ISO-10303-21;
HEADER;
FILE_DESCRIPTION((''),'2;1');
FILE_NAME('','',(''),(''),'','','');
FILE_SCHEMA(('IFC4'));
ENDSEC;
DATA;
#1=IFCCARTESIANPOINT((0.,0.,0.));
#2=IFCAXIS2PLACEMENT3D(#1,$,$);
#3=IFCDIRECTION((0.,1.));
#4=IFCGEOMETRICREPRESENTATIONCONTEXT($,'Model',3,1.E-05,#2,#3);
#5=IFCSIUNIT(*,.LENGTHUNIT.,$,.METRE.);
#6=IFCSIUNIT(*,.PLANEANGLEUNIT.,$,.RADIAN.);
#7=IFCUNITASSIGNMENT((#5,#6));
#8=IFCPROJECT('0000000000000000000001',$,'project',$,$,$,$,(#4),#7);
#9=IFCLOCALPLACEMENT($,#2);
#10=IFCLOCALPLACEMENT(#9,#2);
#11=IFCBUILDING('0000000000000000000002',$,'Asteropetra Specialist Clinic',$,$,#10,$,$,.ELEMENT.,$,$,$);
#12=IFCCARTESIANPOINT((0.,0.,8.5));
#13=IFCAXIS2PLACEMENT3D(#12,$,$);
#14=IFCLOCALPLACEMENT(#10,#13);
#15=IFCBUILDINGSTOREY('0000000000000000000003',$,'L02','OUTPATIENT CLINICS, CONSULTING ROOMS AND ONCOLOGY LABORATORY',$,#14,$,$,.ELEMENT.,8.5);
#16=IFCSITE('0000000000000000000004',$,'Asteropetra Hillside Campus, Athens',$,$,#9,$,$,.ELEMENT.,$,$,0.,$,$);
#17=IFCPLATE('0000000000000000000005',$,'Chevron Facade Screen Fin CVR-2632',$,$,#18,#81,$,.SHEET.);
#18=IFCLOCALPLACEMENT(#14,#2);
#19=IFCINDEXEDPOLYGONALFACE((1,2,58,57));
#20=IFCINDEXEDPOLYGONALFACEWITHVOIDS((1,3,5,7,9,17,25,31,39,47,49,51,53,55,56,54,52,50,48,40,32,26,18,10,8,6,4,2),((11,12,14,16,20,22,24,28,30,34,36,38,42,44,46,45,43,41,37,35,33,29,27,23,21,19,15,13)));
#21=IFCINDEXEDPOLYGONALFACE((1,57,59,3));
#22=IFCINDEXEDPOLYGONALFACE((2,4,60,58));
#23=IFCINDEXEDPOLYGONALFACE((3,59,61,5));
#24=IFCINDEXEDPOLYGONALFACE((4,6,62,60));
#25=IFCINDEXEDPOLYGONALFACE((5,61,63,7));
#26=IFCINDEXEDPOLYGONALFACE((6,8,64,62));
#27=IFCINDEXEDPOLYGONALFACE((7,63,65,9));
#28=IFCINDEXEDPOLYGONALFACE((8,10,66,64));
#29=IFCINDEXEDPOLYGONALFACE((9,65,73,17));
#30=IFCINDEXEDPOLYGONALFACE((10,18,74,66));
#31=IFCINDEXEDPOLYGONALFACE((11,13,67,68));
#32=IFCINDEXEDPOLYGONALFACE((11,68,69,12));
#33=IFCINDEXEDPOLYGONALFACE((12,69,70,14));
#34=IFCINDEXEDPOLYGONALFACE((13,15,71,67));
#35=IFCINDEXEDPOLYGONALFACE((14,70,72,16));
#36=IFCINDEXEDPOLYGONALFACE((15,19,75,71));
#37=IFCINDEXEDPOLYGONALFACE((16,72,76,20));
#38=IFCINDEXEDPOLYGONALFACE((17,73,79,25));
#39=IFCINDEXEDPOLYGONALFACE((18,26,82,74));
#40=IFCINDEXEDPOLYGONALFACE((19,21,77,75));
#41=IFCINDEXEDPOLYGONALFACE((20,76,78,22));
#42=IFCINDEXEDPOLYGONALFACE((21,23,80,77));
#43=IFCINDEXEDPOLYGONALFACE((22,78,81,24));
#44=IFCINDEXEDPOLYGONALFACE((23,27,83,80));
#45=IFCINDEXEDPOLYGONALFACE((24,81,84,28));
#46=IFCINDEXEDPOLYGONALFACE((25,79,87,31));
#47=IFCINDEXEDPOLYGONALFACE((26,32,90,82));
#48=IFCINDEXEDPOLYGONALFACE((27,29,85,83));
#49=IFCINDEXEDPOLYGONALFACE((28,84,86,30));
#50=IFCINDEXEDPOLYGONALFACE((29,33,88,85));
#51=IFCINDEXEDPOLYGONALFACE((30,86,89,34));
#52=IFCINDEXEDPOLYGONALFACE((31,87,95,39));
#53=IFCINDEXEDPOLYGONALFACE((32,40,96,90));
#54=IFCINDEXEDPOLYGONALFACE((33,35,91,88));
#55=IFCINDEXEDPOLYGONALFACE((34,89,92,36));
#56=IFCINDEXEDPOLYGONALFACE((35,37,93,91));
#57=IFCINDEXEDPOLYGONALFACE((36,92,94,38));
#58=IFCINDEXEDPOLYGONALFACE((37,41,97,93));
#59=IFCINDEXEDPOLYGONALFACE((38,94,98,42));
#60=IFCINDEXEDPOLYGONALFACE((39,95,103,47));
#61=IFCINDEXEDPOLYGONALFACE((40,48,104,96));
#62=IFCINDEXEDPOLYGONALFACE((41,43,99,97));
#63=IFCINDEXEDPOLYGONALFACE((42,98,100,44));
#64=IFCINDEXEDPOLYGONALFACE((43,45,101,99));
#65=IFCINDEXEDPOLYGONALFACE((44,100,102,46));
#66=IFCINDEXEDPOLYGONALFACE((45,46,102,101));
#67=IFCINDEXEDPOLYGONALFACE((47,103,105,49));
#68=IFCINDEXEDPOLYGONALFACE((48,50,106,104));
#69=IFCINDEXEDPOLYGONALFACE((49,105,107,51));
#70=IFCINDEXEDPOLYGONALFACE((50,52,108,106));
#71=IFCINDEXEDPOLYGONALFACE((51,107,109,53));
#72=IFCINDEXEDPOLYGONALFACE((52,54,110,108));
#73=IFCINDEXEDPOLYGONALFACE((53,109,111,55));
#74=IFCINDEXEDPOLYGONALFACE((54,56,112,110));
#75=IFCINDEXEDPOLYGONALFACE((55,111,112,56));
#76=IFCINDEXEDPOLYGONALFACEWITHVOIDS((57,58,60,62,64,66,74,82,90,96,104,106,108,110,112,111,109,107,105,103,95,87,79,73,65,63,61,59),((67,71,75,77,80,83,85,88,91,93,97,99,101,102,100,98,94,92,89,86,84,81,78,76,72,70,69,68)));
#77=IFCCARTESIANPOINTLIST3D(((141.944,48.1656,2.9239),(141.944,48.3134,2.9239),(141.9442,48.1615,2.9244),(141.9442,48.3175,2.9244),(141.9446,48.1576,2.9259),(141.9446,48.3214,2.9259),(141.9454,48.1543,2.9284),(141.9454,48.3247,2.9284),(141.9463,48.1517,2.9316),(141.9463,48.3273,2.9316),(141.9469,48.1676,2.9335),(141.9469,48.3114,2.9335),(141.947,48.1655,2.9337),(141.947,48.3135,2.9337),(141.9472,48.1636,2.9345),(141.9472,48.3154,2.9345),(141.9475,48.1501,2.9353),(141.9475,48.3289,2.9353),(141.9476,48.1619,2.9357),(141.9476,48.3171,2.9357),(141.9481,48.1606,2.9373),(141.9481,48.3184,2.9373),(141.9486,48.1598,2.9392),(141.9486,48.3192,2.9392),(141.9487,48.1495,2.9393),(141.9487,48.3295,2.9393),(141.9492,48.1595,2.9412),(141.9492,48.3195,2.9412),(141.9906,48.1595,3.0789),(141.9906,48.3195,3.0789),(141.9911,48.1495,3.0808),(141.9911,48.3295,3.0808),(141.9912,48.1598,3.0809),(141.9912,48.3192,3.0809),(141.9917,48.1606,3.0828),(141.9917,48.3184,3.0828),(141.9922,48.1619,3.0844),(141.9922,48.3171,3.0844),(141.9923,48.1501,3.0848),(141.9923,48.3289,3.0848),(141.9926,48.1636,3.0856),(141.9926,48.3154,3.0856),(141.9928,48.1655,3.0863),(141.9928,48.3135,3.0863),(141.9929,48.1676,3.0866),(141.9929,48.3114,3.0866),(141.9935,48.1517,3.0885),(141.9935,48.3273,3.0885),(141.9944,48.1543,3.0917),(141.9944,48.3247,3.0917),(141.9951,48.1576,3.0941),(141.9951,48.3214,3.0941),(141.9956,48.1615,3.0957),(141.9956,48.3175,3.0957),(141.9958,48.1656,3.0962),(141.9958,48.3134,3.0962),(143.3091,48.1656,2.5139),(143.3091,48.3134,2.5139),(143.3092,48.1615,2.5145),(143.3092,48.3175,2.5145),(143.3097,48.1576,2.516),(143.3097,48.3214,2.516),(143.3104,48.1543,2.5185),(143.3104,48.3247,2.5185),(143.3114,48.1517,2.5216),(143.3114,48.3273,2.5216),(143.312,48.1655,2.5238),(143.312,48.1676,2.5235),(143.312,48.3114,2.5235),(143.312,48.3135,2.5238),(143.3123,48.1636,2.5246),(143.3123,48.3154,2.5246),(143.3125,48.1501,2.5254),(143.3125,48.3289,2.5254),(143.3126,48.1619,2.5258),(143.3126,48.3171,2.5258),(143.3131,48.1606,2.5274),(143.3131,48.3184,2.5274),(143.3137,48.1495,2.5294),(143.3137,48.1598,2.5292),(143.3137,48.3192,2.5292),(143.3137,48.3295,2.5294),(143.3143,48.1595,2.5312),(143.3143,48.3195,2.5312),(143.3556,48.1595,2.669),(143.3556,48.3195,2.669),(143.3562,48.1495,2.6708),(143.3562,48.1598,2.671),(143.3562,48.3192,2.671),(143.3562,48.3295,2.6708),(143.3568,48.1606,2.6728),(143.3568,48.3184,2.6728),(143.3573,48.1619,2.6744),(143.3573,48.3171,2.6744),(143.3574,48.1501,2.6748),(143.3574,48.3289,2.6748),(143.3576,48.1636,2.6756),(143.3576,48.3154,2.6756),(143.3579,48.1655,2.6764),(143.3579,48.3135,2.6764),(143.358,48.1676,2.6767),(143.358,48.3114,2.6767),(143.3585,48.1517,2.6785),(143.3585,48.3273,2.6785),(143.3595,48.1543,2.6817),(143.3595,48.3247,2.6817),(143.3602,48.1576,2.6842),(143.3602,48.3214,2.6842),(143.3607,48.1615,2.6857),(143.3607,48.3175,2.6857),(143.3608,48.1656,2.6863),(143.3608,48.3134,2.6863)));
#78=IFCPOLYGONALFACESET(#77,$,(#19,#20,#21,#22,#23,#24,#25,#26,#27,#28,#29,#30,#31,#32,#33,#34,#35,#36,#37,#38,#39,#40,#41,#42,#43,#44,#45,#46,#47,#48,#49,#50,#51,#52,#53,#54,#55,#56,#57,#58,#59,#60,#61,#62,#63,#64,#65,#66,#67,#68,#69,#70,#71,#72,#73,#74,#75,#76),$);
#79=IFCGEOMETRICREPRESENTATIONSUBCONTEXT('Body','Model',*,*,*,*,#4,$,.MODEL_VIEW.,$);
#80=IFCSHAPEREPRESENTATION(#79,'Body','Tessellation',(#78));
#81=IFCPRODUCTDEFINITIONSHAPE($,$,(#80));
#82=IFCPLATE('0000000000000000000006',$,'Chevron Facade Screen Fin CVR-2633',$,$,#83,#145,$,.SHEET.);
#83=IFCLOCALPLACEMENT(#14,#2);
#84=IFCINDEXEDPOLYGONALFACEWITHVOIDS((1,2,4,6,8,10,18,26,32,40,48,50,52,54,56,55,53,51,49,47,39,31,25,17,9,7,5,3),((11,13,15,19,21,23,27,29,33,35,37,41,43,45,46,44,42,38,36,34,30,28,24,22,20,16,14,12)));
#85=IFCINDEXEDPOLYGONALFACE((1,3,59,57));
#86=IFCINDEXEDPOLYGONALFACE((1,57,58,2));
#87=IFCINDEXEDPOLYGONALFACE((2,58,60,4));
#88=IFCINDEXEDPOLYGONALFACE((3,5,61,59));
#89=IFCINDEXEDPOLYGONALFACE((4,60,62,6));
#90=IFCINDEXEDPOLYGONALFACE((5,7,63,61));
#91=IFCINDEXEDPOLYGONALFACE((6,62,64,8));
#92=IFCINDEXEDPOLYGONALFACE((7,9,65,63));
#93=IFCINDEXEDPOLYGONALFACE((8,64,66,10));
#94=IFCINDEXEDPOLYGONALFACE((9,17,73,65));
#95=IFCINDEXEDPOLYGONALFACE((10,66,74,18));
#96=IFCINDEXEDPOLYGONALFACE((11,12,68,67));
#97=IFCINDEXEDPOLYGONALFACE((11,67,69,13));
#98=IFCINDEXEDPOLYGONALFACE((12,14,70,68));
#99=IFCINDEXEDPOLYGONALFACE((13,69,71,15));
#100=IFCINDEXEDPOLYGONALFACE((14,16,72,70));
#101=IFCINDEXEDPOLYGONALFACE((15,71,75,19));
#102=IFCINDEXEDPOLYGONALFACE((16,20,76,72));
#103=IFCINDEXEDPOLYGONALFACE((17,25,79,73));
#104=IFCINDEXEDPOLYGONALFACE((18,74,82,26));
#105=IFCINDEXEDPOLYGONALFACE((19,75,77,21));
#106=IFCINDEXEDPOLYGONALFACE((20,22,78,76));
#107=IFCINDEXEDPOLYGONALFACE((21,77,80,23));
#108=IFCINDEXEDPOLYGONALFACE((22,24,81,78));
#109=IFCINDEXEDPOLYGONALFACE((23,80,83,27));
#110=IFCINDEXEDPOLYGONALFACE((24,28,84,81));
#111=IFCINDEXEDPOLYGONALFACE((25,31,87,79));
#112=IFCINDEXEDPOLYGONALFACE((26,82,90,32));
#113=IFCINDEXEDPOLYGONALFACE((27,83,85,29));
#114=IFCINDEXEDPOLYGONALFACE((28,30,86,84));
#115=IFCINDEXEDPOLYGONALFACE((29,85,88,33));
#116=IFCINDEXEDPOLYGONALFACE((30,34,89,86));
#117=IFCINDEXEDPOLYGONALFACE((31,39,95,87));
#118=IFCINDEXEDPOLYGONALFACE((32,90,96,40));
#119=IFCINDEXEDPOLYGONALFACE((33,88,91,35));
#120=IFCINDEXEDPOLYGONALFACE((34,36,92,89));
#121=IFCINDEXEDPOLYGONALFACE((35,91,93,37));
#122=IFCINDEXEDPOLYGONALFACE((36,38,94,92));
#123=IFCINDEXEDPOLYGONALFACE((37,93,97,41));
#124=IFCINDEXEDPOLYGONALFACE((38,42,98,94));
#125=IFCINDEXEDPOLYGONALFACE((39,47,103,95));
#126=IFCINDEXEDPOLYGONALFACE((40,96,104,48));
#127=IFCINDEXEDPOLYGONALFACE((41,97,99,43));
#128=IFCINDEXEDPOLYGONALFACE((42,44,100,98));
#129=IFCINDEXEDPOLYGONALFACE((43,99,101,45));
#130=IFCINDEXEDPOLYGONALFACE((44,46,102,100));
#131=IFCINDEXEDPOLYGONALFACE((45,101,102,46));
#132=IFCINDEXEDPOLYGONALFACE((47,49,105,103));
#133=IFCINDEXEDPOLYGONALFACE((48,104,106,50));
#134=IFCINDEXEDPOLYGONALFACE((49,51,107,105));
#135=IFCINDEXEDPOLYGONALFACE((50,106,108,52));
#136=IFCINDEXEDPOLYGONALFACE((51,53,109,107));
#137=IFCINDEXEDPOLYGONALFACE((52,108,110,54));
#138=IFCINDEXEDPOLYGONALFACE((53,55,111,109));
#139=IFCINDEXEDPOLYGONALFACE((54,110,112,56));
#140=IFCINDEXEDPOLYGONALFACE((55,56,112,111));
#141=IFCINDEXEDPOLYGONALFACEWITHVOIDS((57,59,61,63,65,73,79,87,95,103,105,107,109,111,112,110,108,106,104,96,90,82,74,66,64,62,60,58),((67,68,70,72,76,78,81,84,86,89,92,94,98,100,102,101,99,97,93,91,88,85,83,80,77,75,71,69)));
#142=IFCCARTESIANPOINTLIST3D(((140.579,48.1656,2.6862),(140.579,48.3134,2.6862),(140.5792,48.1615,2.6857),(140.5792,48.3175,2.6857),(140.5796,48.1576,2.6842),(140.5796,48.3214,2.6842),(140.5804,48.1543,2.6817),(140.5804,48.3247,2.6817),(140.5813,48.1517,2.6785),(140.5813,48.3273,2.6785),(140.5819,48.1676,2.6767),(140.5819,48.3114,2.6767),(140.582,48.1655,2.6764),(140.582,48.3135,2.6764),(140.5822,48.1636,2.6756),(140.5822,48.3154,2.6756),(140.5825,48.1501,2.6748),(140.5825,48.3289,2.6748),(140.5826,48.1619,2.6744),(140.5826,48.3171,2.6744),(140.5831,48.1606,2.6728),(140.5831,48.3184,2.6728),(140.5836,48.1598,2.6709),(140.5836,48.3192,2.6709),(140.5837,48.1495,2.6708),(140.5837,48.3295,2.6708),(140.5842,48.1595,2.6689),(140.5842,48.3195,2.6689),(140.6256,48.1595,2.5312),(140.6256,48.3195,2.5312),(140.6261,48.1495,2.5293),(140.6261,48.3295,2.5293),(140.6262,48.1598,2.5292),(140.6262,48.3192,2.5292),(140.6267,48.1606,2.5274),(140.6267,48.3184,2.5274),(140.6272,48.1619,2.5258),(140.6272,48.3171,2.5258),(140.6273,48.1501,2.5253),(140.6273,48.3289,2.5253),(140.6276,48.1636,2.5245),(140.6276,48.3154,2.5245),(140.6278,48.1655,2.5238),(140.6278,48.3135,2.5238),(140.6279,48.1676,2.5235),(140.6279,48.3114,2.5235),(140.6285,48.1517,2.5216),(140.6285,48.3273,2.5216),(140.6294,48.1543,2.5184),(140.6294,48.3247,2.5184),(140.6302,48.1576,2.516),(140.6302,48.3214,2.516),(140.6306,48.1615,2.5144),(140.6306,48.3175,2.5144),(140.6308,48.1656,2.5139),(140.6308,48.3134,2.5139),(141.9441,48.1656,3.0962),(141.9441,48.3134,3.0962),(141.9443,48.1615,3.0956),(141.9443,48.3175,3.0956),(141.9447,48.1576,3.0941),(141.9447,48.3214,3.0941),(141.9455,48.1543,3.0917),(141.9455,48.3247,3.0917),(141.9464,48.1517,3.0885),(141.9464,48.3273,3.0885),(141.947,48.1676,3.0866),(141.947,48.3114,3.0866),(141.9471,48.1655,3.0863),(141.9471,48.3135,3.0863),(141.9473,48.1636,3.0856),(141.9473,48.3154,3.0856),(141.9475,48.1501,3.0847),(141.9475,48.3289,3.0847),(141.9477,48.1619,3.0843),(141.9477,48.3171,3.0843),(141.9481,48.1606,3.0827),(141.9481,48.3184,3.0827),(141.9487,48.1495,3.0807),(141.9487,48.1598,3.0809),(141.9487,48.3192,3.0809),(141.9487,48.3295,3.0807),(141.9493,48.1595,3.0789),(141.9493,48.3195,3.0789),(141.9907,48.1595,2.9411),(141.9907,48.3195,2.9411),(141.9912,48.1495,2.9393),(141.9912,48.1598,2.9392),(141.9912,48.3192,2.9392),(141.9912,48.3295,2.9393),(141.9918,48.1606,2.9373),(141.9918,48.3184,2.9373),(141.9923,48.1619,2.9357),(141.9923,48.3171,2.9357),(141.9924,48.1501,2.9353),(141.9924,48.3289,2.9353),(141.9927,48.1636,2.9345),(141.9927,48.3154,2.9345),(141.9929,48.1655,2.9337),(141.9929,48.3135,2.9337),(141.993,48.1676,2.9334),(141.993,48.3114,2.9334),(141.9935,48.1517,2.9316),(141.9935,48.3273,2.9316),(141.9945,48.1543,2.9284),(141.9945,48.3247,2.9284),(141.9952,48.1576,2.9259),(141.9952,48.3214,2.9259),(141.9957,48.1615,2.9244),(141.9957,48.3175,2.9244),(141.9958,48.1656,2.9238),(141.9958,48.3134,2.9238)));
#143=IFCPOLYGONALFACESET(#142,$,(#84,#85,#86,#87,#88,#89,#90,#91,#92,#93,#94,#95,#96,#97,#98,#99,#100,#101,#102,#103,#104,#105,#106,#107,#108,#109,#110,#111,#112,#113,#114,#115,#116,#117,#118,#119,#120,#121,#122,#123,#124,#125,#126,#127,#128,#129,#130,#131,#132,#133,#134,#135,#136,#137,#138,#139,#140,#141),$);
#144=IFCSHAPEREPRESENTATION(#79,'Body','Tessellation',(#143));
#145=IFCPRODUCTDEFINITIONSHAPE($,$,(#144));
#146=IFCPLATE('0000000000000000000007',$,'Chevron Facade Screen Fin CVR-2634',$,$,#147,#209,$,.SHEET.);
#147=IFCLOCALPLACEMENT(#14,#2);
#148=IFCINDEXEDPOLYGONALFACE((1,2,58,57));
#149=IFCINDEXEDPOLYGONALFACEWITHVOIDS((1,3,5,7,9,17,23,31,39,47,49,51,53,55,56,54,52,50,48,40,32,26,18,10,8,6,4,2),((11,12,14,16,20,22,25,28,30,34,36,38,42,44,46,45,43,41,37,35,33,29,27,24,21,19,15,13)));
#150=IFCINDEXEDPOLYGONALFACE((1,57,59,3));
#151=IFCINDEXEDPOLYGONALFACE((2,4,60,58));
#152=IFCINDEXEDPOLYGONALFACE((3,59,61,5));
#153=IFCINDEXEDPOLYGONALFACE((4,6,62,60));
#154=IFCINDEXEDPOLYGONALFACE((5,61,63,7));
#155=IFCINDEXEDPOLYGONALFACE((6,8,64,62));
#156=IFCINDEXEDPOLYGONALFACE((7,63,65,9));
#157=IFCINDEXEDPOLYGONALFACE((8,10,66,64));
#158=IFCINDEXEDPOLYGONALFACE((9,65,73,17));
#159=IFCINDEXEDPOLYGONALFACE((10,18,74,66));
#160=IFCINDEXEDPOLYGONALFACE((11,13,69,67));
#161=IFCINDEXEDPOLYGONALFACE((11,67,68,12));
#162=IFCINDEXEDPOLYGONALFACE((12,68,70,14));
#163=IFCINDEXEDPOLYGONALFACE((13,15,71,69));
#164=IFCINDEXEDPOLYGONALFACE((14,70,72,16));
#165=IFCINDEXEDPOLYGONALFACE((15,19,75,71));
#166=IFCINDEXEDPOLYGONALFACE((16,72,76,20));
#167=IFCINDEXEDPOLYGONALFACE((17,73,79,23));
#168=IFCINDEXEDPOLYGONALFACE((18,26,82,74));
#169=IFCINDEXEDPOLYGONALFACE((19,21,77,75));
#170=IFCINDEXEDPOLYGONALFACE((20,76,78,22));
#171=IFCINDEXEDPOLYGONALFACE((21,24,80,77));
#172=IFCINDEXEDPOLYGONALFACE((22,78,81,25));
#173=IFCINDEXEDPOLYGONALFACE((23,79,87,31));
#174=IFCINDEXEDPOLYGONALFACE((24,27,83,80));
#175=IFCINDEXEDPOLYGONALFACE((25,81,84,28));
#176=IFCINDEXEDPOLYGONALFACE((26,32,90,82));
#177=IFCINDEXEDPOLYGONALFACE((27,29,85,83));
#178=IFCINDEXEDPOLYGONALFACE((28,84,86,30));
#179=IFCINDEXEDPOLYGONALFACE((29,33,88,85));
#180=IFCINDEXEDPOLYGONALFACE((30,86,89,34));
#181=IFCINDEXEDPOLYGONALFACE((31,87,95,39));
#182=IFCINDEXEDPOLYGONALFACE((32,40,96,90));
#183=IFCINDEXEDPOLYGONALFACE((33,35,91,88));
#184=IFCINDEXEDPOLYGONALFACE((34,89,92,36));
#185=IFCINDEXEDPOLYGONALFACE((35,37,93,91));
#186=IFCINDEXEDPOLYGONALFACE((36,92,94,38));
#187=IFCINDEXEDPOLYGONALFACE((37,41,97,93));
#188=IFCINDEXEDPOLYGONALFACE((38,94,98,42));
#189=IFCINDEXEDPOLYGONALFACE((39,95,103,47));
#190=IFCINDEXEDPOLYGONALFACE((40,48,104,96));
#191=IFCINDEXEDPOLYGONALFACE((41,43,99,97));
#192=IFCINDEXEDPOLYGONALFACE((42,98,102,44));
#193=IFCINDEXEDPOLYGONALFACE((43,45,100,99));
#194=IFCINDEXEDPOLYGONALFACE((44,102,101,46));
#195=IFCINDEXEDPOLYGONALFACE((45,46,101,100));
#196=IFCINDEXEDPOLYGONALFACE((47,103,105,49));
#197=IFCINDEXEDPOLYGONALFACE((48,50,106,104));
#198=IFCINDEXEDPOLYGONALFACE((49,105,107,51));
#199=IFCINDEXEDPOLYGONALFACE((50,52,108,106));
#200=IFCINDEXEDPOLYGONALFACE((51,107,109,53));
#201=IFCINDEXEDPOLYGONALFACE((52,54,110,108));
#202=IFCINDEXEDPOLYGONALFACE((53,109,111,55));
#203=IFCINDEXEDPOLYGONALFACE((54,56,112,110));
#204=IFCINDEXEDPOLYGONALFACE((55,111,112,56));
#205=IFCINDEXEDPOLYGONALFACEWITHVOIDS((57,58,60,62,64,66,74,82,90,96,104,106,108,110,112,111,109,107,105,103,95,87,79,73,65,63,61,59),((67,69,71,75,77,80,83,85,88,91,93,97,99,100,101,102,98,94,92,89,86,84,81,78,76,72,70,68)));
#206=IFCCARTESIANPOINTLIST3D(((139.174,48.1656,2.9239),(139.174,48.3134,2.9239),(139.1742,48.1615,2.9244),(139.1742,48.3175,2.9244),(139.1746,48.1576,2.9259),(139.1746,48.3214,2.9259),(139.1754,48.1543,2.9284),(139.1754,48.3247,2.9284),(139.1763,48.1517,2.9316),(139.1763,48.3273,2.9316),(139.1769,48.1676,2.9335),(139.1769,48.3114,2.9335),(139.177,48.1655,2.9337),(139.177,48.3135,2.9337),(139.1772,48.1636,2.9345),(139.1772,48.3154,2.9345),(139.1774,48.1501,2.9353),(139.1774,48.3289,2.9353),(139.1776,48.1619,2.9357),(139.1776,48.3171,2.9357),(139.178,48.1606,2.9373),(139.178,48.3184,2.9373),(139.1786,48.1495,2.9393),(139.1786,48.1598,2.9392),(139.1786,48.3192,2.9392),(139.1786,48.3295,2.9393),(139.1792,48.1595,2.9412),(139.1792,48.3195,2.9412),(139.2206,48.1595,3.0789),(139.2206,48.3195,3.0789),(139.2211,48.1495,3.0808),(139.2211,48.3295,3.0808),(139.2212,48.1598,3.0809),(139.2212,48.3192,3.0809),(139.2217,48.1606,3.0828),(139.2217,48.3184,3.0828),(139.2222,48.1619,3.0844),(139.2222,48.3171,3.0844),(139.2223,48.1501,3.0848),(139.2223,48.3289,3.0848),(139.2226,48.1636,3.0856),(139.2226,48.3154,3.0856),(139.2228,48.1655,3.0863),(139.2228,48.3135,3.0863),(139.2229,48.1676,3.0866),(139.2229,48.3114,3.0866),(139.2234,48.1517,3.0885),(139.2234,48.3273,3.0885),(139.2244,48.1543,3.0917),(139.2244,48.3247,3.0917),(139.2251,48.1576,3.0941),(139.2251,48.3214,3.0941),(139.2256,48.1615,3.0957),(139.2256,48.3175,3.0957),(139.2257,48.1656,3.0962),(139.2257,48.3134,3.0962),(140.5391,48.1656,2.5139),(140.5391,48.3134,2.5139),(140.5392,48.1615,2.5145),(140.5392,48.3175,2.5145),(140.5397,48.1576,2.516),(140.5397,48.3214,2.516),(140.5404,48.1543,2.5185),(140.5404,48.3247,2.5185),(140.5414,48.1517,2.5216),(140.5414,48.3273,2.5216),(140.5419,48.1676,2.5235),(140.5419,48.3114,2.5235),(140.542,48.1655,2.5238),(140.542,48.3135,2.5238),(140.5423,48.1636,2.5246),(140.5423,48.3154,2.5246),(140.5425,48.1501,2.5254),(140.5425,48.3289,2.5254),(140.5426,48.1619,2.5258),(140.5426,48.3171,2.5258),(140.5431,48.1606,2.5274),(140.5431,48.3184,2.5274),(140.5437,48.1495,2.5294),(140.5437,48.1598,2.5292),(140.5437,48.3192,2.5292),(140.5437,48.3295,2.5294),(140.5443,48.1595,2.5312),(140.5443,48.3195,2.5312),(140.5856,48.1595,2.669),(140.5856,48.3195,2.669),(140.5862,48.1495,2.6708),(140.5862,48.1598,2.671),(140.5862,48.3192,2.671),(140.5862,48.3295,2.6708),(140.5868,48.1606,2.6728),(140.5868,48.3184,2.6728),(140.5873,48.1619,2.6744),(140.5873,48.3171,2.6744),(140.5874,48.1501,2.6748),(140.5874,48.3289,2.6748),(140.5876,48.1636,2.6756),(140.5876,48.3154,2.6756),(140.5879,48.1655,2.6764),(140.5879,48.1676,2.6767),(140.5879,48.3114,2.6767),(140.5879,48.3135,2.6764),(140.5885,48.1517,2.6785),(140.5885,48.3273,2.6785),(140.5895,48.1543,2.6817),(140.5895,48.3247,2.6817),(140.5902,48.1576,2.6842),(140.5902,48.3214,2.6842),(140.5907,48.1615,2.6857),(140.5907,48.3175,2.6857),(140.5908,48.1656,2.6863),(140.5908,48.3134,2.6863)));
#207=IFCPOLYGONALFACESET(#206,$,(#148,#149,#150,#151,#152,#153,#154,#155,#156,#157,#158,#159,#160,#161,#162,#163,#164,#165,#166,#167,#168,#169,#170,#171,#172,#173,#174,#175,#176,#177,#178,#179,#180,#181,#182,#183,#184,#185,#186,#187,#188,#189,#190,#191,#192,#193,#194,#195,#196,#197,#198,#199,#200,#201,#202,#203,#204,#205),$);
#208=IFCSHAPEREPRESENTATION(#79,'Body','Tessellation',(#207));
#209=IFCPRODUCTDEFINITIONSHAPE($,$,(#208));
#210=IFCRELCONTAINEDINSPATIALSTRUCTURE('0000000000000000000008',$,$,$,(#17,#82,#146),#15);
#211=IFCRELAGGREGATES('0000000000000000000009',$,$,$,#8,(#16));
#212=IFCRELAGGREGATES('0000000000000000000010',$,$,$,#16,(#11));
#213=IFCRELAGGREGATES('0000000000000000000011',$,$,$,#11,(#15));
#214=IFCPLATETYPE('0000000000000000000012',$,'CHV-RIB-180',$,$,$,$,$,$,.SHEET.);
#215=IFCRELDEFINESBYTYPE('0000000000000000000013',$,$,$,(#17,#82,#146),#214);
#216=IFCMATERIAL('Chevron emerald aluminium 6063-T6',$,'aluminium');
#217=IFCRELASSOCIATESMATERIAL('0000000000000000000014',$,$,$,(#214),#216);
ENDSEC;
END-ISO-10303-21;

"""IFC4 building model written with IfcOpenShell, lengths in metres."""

from ifc_helpers import new_model, si_unit, direction, frame, origin, origin_2d, place, context, subcontext, project, spatial, hollow_rectangle, extrude, material, material_profile, profile_set, type_object, element, save


model = new_model("IFC4")

# Units and contexts
model_context = context("Model", 3, precision=1e-05, world=origin(), true_north=direction((0.0, 1.0)))
body_context = subcontext(model_context, "Body", "Model", "MODEL_VIEW")
ifc_project = project(units=[si_unit("LENGTHUNIT", "METRE"), si_unit("PLANEANGLEUNIT", "RADIAN")], contexts=[model_context])

# Site, building, storey
site_placement = place(None, origin())
site = spatial("IfcSite", under=ifc_project, at=site_placement, Name="Asteropetra Hillside Campus, Athens", CompositionType="ELEMENT", RefElevation=0.0)
building_placement = place(site_placement, origin())
building = spatial("IfcBuilding", under=site, at=building_placement, Name="Asteropetra Specialist Clinic", CompositionType="ELEMENT")
storey_placement = place(building_placement, frame((0.0, 0.0, 8.5)))
storey = spatial("IfcBuildingStorey", under=building, at=storey_placement, Name="L02", Description="OUTPATIENT CLINICS, CONSULTING ROOMS AND ONCOLOGY LABORATORY", CompositionType="ELEMENT", Elevation=8.5)

# Plates
ifc_material_1 = material(Name="Chevron emerald aluminium 6063-T6", Category="aluminium")
ifc_material_profile_1 = material_profile(ifc_material_1, hollow_rectangle(XDim=0.1799, YDim=0.1799, WallThickness=0.01, InnerFilletRadius=0.0081, OuterFilletRadius=0.0161, at=origin_2d()), Name="SHS 180x180x10.0")
ifc_profile_set_1 = profile_set([ifc_material_profile_1], Name="Chevron emerald aluminium 6063-T6")
plate_type = type_object("IfcPlateType", Name="CHV-RIB-180", PredefinedType="SHEET", material=ifc_profile_set_1)
for number, where, z_axis, x_axis, name in (
    (1, (143.335, 48.2395, 2.6001), (-0.957746, 0.0, 0.287615), (0.0, -1.0, 0.0), "Chevron Facade Screen Fin CVR-2632"),
    (2, (141.97, 48.2395, 3.01), (-0.957746, 0.0, -0.287615), (0.0, -1.0, 0.0), "Chevron Facade Screen Fin CVR-2633"),
    (3, (140.5649, 48.2395, 2.6001), (-0.957746, 0.0, 0.287615), (0.0, -1.0, 0.0), "Chevron Facade Screen Fin CVR-2634"),
):
    element("IfcPlate", number, at=place(storey_placement, frame(where, z_axis=z_axis, x_axis=x_axis)), inside=storey, type_object=plate_type, Name=name, PredefinedType="SHEET", context=body_context, shape_type="SweptSolid", body=[
        extrude(hollow_rectangle(XDim=0.1799, YDim=0.1799, WallThickness=0.01, InnerFilletRadius=0.0081, OuterFilletRadius=0.0161, at=origin_2d()), origin(), (0.0, 0.0, 1.0), 1.4253),
    ])

save(model, "model.ifc")
